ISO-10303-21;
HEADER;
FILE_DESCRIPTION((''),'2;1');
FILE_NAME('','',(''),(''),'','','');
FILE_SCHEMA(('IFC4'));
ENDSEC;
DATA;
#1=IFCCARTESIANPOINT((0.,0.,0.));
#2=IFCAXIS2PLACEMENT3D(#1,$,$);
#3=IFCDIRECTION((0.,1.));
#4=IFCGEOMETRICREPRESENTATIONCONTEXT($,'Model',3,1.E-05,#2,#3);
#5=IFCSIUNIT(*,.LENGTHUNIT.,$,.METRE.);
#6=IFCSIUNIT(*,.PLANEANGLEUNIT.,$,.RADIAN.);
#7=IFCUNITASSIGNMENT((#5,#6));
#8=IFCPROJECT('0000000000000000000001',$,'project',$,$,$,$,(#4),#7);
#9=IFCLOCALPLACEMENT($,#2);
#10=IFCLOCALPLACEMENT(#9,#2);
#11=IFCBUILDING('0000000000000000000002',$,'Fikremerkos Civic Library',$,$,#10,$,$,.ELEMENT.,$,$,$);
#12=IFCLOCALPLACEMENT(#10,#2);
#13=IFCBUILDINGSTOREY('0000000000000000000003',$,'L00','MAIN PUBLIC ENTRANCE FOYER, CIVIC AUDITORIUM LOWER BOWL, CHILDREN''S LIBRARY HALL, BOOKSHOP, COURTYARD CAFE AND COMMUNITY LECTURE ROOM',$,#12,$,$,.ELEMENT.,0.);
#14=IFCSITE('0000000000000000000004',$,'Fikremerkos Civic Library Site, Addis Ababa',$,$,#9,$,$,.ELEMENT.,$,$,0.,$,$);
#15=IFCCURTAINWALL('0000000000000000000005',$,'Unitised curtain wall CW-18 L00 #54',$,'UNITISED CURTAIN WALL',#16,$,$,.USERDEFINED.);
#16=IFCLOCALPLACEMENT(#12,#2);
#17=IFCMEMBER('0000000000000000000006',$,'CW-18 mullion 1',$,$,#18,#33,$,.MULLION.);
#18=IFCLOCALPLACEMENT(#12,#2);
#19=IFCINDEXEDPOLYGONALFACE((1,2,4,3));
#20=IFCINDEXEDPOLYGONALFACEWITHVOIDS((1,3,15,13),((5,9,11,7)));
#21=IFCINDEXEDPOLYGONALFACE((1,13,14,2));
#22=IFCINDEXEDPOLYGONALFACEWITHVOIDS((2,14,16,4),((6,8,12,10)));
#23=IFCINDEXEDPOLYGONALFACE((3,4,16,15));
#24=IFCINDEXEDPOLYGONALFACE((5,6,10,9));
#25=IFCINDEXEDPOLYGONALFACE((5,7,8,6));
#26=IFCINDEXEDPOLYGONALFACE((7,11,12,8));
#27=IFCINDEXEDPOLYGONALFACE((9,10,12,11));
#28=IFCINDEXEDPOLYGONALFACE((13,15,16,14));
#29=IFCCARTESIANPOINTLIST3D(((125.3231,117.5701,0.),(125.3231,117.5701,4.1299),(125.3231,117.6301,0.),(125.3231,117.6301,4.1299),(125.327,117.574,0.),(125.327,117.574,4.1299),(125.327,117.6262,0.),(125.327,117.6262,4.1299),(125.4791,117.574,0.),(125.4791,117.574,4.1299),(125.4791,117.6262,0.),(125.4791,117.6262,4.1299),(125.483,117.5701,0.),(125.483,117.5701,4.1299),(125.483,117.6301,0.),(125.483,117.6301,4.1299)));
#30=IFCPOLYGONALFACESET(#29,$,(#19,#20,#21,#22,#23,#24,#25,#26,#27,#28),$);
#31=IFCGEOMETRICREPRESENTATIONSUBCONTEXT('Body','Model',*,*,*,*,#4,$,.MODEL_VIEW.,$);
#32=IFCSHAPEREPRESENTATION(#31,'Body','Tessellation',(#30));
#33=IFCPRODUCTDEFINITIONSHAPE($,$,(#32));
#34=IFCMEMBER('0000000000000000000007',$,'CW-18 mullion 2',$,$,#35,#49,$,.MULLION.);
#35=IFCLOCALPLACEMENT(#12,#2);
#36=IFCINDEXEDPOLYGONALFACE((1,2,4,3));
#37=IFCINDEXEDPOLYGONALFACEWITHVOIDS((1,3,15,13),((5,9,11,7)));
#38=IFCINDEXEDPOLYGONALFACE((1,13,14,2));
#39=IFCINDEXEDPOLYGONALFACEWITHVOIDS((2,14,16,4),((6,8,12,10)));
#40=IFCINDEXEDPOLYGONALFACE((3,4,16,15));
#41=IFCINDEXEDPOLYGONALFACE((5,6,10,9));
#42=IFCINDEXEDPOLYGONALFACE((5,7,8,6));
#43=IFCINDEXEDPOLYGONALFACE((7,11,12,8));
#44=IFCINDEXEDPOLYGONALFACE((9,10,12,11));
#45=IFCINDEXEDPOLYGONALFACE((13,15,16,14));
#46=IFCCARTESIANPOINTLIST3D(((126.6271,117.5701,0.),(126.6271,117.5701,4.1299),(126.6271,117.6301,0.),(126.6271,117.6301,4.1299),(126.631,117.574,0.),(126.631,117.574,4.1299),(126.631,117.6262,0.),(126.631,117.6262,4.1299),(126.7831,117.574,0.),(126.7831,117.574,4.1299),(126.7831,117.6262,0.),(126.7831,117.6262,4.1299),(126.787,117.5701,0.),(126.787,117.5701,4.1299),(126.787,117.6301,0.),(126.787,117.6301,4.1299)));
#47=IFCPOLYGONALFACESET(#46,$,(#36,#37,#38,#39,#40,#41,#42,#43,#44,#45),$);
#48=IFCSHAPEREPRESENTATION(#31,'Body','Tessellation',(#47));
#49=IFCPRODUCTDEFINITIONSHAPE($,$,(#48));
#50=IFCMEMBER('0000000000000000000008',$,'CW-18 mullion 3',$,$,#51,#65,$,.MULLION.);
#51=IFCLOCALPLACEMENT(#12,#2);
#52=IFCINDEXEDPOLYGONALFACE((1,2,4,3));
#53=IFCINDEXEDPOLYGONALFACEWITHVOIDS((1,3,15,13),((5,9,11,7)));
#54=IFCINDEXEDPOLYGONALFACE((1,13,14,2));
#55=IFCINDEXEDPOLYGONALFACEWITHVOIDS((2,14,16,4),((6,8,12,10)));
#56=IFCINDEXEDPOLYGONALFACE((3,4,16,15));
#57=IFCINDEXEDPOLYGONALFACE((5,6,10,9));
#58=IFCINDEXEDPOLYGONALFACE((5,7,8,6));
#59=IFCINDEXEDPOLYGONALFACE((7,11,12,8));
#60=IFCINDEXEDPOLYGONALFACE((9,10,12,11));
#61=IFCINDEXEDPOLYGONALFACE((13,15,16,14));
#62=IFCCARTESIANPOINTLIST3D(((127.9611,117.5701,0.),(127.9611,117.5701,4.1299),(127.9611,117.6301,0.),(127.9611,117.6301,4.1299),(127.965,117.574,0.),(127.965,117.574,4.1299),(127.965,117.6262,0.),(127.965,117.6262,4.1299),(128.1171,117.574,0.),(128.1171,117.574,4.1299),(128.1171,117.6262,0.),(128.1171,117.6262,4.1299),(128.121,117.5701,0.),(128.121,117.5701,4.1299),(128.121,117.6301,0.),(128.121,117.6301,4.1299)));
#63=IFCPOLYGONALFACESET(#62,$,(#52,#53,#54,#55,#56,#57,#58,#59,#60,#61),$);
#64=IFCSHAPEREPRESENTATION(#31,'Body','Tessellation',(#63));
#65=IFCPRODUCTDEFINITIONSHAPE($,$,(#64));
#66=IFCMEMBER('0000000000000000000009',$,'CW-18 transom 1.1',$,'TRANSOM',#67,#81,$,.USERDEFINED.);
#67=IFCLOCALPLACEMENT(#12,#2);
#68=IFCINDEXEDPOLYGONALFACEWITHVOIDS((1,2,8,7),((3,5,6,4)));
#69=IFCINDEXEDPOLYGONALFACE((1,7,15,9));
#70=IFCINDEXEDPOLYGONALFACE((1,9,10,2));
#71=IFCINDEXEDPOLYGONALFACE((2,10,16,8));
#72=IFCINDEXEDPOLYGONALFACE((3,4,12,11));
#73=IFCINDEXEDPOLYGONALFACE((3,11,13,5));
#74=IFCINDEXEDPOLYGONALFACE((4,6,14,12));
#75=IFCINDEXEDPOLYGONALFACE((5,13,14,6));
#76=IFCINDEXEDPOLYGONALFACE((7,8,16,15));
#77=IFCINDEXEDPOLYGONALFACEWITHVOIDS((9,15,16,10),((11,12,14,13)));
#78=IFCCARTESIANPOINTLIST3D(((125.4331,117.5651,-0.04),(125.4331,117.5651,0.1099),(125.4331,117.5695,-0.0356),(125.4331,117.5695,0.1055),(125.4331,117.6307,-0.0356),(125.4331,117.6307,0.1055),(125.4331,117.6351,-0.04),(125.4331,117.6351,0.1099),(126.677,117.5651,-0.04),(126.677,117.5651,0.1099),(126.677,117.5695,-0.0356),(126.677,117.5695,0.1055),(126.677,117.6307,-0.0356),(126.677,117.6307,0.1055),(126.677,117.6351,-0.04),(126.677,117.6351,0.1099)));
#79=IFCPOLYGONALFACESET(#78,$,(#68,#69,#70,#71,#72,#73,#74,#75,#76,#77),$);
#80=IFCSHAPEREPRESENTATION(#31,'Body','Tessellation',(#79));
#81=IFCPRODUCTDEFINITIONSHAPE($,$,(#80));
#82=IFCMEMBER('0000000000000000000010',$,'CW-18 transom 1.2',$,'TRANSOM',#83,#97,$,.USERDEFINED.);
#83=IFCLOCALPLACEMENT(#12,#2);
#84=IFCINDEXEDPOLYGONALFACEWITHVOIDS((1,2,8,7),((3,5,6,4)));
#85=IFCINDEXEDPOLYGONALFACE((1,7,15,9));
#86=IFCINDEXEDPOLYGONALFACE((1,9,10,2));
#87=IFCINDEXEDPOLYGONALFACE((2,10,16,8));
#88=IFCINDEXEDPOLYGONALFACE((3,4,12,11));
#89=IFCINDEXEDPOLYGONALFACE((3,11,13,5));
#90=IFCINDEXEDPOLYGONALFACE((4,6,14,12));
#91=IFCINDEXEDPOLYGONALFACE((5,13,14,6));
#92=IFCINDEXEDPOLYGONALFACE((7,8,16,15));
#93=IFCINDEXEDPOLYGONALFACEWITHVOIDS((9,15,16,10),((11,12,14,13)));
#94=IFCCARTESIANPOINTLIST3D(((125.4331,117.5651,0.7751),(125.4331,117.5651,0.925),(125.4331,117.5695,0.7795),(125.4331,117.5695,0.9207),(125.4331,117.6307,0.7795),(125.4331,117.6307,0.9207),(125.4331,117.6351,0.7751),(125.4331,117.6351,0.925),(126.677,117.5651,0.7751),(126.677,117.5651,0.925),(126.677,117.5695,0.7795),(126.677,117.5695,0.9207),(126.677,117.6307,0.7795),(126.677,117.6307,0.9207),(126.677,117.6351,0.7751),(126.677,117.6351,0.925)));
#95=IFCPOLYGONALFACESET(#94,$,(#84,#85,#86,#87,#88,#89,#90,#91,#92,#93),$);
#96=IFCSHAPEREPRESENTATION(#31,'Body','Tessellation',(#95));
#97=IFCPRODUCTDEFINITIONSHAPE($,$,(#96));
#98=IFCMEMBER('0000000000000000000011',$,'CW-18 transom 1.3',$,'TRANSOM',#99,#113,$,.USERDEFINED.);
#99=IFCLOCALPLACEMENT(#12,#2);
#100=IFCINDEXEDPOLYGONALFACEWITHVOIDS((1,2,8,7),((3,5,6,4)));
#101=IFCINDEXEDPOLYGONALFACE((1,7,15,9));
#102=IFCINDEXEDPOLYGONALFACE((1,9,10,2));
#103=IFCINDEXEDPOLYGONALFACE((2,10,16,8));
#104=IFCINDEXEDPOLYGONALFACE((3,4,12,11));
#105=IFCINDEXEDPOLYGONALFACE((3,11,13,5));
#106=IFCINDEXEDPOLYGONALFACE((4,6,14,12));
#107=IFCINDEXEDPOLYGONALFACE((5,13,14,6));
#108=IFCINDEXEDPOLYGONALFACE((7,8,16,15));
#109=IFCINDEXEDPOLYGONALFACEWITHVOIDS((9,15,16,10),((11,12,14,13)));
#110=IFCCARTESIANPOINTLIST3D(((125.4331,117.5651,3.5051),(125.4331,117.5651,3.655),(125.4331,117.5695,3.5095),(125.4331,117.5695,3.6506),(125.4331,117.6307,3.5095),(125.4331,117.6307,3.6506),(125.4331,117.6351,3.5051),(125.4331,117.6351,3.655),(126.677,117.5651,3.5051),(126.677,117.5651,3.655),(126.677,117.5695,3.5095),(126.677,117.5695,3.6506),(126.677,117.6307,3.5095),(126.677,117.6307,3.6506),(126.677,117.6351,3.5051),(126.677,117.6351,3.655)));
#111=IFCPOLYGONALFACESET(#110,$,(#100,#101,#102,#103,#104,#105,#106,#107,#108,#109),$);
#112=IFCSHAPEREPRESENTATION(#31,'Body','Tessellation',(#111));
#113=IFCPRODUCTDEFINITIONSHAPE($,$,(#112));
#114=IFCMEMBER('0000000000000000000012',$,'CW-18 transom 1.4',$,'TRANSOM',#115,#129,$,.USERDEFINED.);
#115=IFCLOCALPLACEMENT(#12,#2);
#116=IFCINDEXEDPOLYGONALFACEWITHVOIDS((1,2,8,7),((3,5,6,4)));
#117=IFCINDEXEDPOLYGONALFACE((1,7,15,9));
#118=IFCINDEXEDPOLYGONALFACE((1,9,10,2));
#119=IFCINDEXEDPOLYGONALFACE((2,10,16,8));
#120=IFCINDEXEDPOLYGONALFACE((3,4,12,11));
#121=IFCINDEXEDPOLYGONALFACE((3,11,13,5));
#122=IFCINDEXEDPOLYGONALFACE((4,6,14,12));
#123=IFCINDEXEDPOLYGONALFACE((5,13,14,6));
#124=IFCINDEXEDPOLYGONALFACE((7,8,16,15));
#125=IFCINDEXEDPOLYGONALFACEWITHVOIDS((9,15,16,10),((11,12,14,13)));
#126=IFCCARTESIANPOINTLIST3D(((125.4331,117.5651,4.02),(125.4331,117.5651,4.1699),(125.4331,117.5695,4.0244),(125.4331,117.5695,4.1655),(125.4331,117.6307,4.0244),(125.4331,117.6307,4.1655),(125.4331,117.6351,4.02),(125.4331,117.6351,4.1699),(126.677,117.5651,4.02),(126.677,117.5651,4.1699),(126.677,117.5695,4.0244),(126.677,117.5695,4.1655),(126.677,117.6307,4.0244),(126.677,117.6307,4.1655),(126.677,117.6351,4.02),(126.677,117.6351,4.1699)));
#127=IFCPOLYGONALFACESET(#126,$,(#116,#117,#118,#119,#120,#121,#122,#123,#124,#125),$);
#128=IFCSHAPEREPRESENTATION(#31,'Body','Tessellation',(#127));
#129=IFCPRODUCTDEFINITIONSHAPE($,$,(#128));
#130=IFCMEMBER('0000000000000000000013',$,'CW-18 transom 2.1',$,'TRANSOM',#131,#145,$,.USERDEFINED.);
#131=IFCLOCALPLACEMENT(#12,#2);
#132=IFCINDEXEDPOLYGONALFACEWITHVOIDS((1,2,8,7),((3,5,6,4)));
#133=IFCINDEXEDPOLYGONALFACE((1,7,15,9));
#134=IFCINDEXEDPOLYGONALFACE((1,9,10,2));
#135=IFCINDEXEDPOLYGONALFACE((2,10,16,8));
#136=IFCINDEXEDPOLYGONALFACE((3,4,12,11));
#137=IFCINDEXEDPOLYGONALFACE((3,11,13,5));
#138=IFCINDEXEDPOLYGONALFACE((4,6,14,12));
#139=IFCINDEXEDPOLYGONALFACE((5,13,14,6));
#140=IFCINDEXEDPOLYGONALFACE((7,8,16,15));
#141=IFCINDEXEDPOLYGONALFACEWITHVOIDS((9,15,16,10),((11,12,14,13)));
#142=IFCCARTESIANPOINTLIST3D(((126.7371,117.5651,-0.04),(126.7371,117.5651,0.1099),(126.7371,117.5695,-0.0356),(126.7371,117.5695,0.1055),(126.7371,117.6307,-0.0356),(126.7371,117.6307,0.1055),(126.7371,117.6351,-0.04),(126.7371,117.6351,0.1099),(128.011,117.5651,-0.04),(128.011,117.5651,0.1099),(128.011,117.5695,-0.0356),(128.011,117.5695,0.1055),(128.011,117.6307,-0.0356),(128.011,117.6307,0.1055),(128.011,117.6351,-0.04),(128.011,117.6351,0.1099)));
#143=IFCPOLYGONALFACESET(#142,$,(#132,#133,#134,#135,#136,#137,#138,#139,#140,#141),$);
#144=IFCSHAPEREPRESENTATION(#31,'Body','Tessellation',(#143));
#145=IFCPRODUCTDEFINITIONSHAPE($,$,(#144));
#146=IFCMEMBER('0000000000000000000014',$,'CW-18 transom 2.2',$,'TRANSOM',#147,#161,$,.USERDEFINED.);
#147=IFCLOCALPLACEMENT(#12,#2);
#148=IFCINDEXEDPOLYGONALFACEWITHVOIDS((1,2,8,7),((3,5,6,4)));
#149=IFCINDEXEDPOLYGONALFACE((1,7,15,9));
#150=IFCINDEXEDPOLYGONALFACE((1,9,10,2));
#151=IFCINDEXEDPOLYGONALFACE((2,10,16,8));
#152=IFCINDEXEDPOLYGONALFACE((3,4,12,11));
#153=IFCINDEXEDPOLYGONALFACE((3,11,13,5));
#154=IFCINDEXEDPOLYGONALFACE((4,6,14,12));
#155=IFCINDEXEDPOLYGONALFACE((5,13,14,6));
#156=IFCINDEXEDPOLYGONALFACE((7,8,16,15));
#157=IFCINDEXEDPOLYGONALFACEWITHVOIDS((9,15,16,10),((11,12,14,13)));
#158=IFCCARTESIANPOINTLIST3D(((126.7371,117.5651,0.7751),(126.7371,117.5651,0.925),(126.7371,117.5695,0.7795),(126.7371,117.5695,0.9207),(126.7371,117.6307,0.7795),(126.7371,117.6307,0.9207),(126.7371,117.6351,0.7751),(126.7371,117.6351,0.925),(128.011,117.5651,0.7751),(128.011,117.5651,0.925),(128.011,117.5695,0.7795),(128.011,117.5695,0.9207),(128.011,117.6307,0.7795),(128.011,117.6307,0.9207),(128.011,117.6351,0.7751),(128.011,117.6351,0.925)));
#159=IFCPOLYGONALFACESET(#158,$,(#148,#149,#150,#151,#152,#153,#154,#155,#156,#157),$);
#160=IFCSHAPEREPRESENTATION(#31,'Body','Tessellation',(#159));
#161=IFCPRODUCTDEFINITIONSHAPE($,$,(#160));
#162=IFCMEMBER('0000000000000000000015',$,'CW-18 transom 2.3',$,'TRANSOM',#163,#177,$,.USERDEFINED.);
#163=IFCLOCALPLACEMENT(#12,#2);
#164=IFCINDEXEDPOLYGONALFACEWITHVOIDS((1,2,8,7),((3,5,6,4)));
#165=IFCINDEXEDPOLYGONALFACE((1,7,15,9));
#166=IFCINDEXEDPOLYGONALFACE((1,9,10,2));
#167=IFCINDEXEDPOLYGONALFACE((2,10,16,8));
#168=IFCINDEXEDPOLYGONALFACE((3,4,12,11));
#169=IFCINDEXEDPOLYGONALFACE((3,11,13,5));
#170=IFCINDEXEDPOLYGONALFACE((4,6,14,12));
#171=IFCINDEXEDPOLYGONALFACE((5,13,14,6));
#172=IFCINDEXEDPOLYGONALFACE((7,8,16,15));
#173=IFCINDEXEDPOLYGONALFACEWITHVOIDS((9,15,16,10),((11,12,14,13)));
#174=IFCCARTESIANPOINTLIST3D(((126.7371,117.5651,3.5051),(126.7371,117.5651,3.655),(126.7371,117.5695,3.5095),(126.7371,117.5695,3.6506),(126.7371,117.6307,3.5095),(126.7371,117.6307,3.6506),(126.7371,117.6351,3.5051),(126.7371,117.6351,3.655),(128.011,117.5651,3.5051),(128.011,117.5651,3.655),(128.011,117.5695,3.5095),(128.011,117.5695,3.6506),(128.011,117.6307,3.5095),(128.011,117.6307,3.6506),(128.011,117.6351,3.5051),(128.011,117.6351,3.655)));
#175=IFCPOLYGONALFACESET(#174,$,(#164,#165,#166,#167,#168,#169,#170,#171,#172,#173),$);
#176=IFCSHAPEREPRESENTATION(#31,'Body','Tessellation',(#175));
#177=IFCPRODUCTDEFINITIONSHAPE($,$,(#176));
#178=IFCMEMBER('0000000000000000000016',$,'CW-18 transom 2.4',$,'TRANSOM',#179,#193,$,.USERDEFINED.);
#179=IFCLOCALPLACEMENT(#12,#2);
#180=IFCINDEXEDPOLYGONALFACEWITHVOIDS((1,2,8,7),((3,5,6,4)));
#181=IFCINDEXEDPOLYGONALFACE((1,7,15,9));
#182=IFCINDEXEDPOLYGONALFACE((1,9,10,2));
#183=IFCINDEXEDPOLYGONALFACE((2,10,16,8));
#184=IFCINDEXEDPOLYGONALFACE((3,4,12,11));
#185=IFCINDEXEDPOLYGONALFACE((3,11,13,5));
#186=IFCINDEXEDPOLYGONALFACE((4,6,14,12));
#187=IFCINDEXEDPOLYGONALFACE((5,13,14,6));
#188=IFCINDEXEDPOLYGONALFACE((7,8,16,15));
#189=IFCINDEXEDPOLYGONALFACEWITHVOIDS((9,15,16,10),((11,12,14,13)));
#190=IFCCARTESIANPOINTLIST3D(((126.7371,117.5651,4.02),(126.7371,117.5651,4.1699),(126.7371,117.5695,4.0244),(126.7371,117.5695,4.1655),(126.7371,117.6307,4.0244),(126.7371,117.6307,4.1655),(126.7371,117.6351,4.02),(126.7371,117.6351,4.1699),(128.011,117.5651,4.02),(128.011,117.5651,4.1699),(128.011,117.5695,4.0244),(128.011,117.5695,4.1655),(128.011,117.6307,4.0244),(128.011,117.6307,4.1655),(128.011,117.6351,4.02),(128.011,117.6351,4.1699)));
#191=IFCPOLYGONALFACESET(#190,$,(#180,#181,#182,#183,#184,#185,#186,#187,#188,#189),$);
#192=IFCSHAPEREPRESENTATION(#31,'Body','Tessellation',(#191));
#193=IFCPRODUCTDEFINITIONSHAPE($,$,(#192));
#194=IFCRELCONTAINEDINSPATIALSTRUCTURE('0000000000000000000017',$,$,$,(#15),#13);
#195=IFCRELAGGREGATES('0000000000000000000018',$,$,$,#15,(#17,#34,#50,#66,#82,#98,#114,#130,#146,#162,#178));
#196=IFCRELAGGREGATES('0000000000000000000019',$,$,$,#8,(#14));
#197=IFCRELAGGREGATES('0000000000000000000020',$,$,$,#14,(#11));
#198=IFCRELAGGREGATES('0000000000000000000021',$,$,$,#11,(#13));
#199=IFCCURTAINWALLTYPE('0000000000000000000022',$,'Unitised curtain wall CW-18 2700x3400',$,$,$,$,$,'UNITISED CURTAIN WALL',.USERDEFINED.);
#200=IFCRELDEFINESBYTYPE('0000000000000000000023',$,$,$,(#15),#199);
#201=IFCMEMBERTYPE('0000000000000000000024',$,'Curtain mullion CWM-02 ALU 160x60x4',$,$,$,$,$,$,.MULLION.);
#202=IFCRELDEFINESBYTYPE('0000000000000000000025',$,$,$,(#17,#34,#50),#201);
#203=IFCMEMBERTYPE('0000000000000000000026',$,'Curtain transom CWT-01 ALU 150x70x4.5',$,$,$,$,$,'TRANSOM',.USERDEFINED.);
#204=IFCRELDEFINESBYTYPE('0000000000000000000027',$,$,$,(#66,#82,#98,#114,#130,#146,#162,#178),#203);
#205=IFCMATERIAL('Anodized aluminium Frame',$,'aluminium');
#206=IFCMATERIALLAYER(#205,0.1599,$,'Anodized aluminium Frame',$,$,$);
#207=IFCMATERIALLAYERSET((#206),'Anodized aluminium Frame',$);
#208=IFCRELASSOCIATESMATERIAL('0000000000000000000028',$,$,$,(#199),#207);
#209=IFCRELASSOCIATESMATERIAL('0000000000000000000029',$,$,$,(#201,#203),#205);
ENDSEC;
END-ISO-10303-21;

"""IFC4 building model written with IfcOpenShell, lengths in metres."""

from ifc_helpers import new_model, si_unit, direction, frame, origin, origin_2d, place, context, subcontext, project, spatial, hollow_rectangle, extrude, material, layer, layer_set, material_profile, profile_set, type_object, element, aggregate, save


model = new_model("IFC4")

# Units and contexts
model_context = context("Model", 3, precision=1e-05, world=origin(), true_north=direction((0.0, 1.0)))
body_context = subcontext(model_context, "Body", "Model", "MODEL_VIEW")
ifc_project = project(units=[si_unit("LENGTHUNIT", "METRE"), si_unit("PLANEANGLEUNIT", "RADIAN")], contexts=[model_context])

# Site, building, storey
site_placement = place(None, origin())
site = spatial("IfcSite", under=ifc_project, at=site_placement, Name="Fikremerkos Civic Library Site, Addis Ababa", CompositionType="ELEMENT", RefElevation=0.0)
building_placement = place(site_placement, origin())
building = spatial("IfcBuilding", under=site, at=building_placement, Name="Fikremerkos Civic Library", CompositionType="ELEMENT")
storey_placement = place(building_placement, origin())
storey = spatial("IfcBuildingStorey", under=building, at=storey_placement, Name="L00", Description="MAIN PUBLIC ENTRANCE FOYER, CIVIC AUDITORIUM LOWER BOWL, CHILDREN'S LIBRARY HALL, BOOKSHOP, COURTYARD CAFE AND COMMUNITY LECTURE ROOM", CompositionType="ELEMENT", Elevation=0.0)

# Curtain wall, members
ifc_material_1 = material(Name="Anodized aluminium Frame", Category="aluminium")
ifc_layer_1 = layer(ifc_material_1, 0.1599, Name="Anodized aluminium Frame")
ifc_layer_set_1 = layer_set([ifc_layer_1], Name="Anodized aluminium Frame")
curtain_wall_type = type_object("IfcCurtainWallType", Name="Unitised curtain wall CW-18 2700x3400", ElementType="UNITISED CURTAIN WALL", PredefinedType="USERDEFINED", material=ifc_layer_set_1)
curtain_wall_placement = place(storey_placement, origin())
curtain_wall = element("IfcCurtainWall", 1, at=curtain_wall_placement, inside=storey, type_object=curtain_wall_type, Name="Unitised curtain wall CW-18 L00 #54", ObjectType="UNITISED CURTAIN WALL", PredefinedType="USERDEFINED")
ifc_material_profile_1 = material_profile(ifc_material_1, hollow_rectangle(XDim=0.0601, YDim=0.1599, WallThickness=0.0039, at=origin_2d()), Name="ALU 160x60x4")
ifc_profile_set_1 = profile_set([ifc_material_profile_1], Name="Anodized aluminium Frame")
member_type_1 = type_object("IfcMemberType", Name="Curtain mullion CWM-02 ALU 160x60x4", PredefinedType="MULLION", material=ifc_profile_set_1)
member_1_placement = place(storey_placement, frame((125.4031, 117.6001, 0.0), z_axis=(0.0, 0.0, 1.0), x_axis=(0.0, 1.0, 0.0)))
member_1 = element("IfcMember", 2, at=member_1_placement, type_object=member_type_1, Name="CW-18 mullion 1", PredefinedType="MULLION", context=body_context, shape_type="SweptSolid", body=[
    extrude(hollow_rectangle(XDim=0.0601, YDim=0.1599, WallThickness=0.0039, at=origin_2d()), origin(), (0.0, 0.0, 1.0), 4.1299),
])
member_2_placement = place(storey_placement, frame((126.707, 117.6001, 0.0), z_axis=(0.0, 0.0, 1.0), x_axis=(0.0, 1.0, 0.0)))
member_2 = element("IfcMember", 3, at=member_2_placement, type_object=member_type_1, Name="CW-18 mullion 2", PredefinedType="MULLION", context=body_context, shape_type="SweptSolid", body=[
    extrude(hollow_rectangle(XDim=0.0601, YDim=0.1599, WallThickness=0.0039, at=origin_2d()), origin(), (0.0, 0.0, 1.0), 4.1299),
])
member_3_placement = place(storey_placement, frame((128.041, 117.6001, 0.0), z_axis=(0.0, 0.0, 1.0), x_axis=(0.0, 1.0, 0.0)))
member_3 = element("IfcMember", 4, at=member_3_placement, type_object=member_type_1, Name="CW-18 mullion 3", PredefinedType="MULLION", context=body_context, shape_type="SweptSolid", body=[
    extrude(hollow_rectangle(XDim=0.0601, YDim=0.1599, WallThickness=0.0039, at=origin_2d()), origin(), (0.0, 0.0, 1.0), 4.1299),
])
ifc_material_profile_2 = material_profile(ifc_material_1, hollow_rectangle(XDim=0.0701, YDim=0.1499, WallThickness=0.0044, at=origin_2d()), Name="ALU 150x70x4.5")
ifc_profile_set_2 = profile_set([ifc_material_profile_2], Name="Anodized aluminium Frame")
member_type_2 = type_object("IfcMemberType", Name="Curtain transom CWT-01 ALU 150x70x4.5", ElementType="TRANSOM", PredefinedType="USERDEFINED", material=ifc_profile_set_2)
member_4_placement = place(storey_placement, frame((125.4331, 117.6001, 0.0349), z_axis=(1.0, 0.0, 0.0), x_axis=(0.0, 1.0, 0.0)))
member_4 = element("IfcMember", 5, at=member_4_placement, type_object=member_type_2, Name="CW-18 transom 1.1", ObjectType="TRANSOM", PredefinedType="USERDEFINED", context=body_context, shape_type="SweptSolid", body=[
    extrude(hollow_rectangle(XDim=0.0701, YDim=0.1499, WallThickness=0.0044, at=origin_2d()), origin(), (0.0, 0.0, 1.0), 1.2439),
])
member_5_placement = place(storey_placement, frame((125.4331, 117.6001, 0.8501), z_axis=(1.0, 0.0, 0.0), x_axis=(0.0, 1.0, 0.0)))
member_5 = element("IfcMember", 6, at=member_5_placement, type_object=member_type_2, Name="CW-18 transom 1.2", ObjectType="TRANSOM", PredefinedType="USERDEFINED", context=body_context, shape_type="SweptSolid", body=[
    extrude(hollow_rectangle(XDim=0.0701, YDim=0.1499, WallThickness=0.0044, at=origin_2d()), origin(), (0.0, 0.0, 1.0), 1.2439),
])
member_6_placement = place(storey_placement, frame((125.4331, 117.6001, 3.5801), z_axis=(1.0, 0.0, 0.0), x_axis=(0.0, 1.0, 0.0)))
member_6 = element("IfcMember", 7, at=member_6_placement, type_object=member_type_2, Name="CW-18 transom 1.3", ObjectType="TRANSOM", PredefinedType="USERDEFINED", context=body_context, shape_type="SweptSolid", body=[
    extrude(hollow_rectangle(XDim=0.0701, YDim=0.1499, WallThickness=0.0044, at=origin_2d()), origin(), (0.0, 0.0, 1.0), 1.2439),
])
member_7_placement = place(storey_placement, frame((125.4331, 117.6001, 4.095), z_axis=(1.0, 0.0, 0.0), x_axis=(0.0, 1.0, 0.0)))
member_7 = element("IfcMember", 8, at=member_7_placement, type_object=member_type_2, Name="CW-18 transom 1.4", ObjectType="TRANSOM", PredefinedType="USERDEFINED", context=body_context, shape_type="SweptSolid", body=[
    extrude(hollow_rectangle(XDim=0.0701, YDim=0.1499, WallThickness=0.0044, at=origin_2d()), origin(), (0.0, 0.0, 1.0), 1.2439),
])
member_8_placement = place(storey_placement, frame((126.7371, 117.6001, 0.0349), z_axis=(1.0, 0.0, 0.0), x_axis=(0.0, 1.0, 0.0)))
member_8 = element("IfcMember", 9, at=member_8_placement, type_object=member_type_2, Name="CW-18 transom 2.1", ObjectType="TRANSOM", PredefinedType="USERDEFINED", context=body_context, shape_type="SweptSolid", body=[
    extrude(hollow_rectangle(XDim=0.0701, YDim=0.1499, WallThickness=0.0044, at=origin_2d()), origin(), (0.0, 0.0, 1.0), 1.2739),
])
member_9_placement = place(storey_placement, frame((126.7371, 117.6001, 0.8501), z_axis=(1.0, 0.0, 0.0), x_axis=(0.0, 1.0, 0.0)))
member_9 = element("IfcMember", 10, at=member_9_placement, type_object=member_type_2, Name="CW-18 transom 2.2", ObjectType="TRANSOM", PredefinedType="USERDEFINED", context=body_context, shape_type="SweptSolid", body=[
    extrude(hollow_rectangle(XDim=0.0701, YDim=0.1499, WallThickness=0.0044, at=origin_2d()), origin(), (0.0, 0.0, 1.0), 1.2739),
])
member_10_placement = place(storey_placement, frame((126.7371, 117.6001, 3.5801), z_axis=(1.0, 0.0, 0.0), x_axis=(0.0, 1.0, 0.0)))
member_10 = element("IfcMember", 11, at=member_10_placement, type_object=member_type_2, Name="CW-18 transom 2.3", ObjectType="TRANSOM", PredefinedType="USERDEFINED", context=body_context, shape_type="SweptSolid", body=[
    extrude(hollow_rectangle(XDim=0.0701, YDim=0.1499, WallThickness=0.0044, at=origin_2d()), origin(), (0.0, 0.0, 1.0), 1.2739),
])
member_11_placement = place(storey_placement, frame((126.7371, 117.6001, 4.095), z_axis=(1.0, 0.0, 0.0), x_axis=(0.0, 1.0, 0.0)))
member_11 = element("IfcMember", 12, at=member_11_placement, type_object=member_type_2, Name="CW-18 transom 2.4", ObjectType="TRANSOM", PredefinedType="USERDEFINED", context=body_context, shape_type="SweptSolid", body=[
    extrude(hollow_rectangle(XDim=0.0701, YDim=0.1499, WallThickness=0.0044, at=origin_2d()), origin(), (0.0, 0.0, 1.0), 1.2739),
])
aggregate(curtain_wall, [member_1, member_2, member_3, member_4, member_5, member_6, member_7, member_8, member_9, member_10, member_11])

save(model, "model.ifc")
